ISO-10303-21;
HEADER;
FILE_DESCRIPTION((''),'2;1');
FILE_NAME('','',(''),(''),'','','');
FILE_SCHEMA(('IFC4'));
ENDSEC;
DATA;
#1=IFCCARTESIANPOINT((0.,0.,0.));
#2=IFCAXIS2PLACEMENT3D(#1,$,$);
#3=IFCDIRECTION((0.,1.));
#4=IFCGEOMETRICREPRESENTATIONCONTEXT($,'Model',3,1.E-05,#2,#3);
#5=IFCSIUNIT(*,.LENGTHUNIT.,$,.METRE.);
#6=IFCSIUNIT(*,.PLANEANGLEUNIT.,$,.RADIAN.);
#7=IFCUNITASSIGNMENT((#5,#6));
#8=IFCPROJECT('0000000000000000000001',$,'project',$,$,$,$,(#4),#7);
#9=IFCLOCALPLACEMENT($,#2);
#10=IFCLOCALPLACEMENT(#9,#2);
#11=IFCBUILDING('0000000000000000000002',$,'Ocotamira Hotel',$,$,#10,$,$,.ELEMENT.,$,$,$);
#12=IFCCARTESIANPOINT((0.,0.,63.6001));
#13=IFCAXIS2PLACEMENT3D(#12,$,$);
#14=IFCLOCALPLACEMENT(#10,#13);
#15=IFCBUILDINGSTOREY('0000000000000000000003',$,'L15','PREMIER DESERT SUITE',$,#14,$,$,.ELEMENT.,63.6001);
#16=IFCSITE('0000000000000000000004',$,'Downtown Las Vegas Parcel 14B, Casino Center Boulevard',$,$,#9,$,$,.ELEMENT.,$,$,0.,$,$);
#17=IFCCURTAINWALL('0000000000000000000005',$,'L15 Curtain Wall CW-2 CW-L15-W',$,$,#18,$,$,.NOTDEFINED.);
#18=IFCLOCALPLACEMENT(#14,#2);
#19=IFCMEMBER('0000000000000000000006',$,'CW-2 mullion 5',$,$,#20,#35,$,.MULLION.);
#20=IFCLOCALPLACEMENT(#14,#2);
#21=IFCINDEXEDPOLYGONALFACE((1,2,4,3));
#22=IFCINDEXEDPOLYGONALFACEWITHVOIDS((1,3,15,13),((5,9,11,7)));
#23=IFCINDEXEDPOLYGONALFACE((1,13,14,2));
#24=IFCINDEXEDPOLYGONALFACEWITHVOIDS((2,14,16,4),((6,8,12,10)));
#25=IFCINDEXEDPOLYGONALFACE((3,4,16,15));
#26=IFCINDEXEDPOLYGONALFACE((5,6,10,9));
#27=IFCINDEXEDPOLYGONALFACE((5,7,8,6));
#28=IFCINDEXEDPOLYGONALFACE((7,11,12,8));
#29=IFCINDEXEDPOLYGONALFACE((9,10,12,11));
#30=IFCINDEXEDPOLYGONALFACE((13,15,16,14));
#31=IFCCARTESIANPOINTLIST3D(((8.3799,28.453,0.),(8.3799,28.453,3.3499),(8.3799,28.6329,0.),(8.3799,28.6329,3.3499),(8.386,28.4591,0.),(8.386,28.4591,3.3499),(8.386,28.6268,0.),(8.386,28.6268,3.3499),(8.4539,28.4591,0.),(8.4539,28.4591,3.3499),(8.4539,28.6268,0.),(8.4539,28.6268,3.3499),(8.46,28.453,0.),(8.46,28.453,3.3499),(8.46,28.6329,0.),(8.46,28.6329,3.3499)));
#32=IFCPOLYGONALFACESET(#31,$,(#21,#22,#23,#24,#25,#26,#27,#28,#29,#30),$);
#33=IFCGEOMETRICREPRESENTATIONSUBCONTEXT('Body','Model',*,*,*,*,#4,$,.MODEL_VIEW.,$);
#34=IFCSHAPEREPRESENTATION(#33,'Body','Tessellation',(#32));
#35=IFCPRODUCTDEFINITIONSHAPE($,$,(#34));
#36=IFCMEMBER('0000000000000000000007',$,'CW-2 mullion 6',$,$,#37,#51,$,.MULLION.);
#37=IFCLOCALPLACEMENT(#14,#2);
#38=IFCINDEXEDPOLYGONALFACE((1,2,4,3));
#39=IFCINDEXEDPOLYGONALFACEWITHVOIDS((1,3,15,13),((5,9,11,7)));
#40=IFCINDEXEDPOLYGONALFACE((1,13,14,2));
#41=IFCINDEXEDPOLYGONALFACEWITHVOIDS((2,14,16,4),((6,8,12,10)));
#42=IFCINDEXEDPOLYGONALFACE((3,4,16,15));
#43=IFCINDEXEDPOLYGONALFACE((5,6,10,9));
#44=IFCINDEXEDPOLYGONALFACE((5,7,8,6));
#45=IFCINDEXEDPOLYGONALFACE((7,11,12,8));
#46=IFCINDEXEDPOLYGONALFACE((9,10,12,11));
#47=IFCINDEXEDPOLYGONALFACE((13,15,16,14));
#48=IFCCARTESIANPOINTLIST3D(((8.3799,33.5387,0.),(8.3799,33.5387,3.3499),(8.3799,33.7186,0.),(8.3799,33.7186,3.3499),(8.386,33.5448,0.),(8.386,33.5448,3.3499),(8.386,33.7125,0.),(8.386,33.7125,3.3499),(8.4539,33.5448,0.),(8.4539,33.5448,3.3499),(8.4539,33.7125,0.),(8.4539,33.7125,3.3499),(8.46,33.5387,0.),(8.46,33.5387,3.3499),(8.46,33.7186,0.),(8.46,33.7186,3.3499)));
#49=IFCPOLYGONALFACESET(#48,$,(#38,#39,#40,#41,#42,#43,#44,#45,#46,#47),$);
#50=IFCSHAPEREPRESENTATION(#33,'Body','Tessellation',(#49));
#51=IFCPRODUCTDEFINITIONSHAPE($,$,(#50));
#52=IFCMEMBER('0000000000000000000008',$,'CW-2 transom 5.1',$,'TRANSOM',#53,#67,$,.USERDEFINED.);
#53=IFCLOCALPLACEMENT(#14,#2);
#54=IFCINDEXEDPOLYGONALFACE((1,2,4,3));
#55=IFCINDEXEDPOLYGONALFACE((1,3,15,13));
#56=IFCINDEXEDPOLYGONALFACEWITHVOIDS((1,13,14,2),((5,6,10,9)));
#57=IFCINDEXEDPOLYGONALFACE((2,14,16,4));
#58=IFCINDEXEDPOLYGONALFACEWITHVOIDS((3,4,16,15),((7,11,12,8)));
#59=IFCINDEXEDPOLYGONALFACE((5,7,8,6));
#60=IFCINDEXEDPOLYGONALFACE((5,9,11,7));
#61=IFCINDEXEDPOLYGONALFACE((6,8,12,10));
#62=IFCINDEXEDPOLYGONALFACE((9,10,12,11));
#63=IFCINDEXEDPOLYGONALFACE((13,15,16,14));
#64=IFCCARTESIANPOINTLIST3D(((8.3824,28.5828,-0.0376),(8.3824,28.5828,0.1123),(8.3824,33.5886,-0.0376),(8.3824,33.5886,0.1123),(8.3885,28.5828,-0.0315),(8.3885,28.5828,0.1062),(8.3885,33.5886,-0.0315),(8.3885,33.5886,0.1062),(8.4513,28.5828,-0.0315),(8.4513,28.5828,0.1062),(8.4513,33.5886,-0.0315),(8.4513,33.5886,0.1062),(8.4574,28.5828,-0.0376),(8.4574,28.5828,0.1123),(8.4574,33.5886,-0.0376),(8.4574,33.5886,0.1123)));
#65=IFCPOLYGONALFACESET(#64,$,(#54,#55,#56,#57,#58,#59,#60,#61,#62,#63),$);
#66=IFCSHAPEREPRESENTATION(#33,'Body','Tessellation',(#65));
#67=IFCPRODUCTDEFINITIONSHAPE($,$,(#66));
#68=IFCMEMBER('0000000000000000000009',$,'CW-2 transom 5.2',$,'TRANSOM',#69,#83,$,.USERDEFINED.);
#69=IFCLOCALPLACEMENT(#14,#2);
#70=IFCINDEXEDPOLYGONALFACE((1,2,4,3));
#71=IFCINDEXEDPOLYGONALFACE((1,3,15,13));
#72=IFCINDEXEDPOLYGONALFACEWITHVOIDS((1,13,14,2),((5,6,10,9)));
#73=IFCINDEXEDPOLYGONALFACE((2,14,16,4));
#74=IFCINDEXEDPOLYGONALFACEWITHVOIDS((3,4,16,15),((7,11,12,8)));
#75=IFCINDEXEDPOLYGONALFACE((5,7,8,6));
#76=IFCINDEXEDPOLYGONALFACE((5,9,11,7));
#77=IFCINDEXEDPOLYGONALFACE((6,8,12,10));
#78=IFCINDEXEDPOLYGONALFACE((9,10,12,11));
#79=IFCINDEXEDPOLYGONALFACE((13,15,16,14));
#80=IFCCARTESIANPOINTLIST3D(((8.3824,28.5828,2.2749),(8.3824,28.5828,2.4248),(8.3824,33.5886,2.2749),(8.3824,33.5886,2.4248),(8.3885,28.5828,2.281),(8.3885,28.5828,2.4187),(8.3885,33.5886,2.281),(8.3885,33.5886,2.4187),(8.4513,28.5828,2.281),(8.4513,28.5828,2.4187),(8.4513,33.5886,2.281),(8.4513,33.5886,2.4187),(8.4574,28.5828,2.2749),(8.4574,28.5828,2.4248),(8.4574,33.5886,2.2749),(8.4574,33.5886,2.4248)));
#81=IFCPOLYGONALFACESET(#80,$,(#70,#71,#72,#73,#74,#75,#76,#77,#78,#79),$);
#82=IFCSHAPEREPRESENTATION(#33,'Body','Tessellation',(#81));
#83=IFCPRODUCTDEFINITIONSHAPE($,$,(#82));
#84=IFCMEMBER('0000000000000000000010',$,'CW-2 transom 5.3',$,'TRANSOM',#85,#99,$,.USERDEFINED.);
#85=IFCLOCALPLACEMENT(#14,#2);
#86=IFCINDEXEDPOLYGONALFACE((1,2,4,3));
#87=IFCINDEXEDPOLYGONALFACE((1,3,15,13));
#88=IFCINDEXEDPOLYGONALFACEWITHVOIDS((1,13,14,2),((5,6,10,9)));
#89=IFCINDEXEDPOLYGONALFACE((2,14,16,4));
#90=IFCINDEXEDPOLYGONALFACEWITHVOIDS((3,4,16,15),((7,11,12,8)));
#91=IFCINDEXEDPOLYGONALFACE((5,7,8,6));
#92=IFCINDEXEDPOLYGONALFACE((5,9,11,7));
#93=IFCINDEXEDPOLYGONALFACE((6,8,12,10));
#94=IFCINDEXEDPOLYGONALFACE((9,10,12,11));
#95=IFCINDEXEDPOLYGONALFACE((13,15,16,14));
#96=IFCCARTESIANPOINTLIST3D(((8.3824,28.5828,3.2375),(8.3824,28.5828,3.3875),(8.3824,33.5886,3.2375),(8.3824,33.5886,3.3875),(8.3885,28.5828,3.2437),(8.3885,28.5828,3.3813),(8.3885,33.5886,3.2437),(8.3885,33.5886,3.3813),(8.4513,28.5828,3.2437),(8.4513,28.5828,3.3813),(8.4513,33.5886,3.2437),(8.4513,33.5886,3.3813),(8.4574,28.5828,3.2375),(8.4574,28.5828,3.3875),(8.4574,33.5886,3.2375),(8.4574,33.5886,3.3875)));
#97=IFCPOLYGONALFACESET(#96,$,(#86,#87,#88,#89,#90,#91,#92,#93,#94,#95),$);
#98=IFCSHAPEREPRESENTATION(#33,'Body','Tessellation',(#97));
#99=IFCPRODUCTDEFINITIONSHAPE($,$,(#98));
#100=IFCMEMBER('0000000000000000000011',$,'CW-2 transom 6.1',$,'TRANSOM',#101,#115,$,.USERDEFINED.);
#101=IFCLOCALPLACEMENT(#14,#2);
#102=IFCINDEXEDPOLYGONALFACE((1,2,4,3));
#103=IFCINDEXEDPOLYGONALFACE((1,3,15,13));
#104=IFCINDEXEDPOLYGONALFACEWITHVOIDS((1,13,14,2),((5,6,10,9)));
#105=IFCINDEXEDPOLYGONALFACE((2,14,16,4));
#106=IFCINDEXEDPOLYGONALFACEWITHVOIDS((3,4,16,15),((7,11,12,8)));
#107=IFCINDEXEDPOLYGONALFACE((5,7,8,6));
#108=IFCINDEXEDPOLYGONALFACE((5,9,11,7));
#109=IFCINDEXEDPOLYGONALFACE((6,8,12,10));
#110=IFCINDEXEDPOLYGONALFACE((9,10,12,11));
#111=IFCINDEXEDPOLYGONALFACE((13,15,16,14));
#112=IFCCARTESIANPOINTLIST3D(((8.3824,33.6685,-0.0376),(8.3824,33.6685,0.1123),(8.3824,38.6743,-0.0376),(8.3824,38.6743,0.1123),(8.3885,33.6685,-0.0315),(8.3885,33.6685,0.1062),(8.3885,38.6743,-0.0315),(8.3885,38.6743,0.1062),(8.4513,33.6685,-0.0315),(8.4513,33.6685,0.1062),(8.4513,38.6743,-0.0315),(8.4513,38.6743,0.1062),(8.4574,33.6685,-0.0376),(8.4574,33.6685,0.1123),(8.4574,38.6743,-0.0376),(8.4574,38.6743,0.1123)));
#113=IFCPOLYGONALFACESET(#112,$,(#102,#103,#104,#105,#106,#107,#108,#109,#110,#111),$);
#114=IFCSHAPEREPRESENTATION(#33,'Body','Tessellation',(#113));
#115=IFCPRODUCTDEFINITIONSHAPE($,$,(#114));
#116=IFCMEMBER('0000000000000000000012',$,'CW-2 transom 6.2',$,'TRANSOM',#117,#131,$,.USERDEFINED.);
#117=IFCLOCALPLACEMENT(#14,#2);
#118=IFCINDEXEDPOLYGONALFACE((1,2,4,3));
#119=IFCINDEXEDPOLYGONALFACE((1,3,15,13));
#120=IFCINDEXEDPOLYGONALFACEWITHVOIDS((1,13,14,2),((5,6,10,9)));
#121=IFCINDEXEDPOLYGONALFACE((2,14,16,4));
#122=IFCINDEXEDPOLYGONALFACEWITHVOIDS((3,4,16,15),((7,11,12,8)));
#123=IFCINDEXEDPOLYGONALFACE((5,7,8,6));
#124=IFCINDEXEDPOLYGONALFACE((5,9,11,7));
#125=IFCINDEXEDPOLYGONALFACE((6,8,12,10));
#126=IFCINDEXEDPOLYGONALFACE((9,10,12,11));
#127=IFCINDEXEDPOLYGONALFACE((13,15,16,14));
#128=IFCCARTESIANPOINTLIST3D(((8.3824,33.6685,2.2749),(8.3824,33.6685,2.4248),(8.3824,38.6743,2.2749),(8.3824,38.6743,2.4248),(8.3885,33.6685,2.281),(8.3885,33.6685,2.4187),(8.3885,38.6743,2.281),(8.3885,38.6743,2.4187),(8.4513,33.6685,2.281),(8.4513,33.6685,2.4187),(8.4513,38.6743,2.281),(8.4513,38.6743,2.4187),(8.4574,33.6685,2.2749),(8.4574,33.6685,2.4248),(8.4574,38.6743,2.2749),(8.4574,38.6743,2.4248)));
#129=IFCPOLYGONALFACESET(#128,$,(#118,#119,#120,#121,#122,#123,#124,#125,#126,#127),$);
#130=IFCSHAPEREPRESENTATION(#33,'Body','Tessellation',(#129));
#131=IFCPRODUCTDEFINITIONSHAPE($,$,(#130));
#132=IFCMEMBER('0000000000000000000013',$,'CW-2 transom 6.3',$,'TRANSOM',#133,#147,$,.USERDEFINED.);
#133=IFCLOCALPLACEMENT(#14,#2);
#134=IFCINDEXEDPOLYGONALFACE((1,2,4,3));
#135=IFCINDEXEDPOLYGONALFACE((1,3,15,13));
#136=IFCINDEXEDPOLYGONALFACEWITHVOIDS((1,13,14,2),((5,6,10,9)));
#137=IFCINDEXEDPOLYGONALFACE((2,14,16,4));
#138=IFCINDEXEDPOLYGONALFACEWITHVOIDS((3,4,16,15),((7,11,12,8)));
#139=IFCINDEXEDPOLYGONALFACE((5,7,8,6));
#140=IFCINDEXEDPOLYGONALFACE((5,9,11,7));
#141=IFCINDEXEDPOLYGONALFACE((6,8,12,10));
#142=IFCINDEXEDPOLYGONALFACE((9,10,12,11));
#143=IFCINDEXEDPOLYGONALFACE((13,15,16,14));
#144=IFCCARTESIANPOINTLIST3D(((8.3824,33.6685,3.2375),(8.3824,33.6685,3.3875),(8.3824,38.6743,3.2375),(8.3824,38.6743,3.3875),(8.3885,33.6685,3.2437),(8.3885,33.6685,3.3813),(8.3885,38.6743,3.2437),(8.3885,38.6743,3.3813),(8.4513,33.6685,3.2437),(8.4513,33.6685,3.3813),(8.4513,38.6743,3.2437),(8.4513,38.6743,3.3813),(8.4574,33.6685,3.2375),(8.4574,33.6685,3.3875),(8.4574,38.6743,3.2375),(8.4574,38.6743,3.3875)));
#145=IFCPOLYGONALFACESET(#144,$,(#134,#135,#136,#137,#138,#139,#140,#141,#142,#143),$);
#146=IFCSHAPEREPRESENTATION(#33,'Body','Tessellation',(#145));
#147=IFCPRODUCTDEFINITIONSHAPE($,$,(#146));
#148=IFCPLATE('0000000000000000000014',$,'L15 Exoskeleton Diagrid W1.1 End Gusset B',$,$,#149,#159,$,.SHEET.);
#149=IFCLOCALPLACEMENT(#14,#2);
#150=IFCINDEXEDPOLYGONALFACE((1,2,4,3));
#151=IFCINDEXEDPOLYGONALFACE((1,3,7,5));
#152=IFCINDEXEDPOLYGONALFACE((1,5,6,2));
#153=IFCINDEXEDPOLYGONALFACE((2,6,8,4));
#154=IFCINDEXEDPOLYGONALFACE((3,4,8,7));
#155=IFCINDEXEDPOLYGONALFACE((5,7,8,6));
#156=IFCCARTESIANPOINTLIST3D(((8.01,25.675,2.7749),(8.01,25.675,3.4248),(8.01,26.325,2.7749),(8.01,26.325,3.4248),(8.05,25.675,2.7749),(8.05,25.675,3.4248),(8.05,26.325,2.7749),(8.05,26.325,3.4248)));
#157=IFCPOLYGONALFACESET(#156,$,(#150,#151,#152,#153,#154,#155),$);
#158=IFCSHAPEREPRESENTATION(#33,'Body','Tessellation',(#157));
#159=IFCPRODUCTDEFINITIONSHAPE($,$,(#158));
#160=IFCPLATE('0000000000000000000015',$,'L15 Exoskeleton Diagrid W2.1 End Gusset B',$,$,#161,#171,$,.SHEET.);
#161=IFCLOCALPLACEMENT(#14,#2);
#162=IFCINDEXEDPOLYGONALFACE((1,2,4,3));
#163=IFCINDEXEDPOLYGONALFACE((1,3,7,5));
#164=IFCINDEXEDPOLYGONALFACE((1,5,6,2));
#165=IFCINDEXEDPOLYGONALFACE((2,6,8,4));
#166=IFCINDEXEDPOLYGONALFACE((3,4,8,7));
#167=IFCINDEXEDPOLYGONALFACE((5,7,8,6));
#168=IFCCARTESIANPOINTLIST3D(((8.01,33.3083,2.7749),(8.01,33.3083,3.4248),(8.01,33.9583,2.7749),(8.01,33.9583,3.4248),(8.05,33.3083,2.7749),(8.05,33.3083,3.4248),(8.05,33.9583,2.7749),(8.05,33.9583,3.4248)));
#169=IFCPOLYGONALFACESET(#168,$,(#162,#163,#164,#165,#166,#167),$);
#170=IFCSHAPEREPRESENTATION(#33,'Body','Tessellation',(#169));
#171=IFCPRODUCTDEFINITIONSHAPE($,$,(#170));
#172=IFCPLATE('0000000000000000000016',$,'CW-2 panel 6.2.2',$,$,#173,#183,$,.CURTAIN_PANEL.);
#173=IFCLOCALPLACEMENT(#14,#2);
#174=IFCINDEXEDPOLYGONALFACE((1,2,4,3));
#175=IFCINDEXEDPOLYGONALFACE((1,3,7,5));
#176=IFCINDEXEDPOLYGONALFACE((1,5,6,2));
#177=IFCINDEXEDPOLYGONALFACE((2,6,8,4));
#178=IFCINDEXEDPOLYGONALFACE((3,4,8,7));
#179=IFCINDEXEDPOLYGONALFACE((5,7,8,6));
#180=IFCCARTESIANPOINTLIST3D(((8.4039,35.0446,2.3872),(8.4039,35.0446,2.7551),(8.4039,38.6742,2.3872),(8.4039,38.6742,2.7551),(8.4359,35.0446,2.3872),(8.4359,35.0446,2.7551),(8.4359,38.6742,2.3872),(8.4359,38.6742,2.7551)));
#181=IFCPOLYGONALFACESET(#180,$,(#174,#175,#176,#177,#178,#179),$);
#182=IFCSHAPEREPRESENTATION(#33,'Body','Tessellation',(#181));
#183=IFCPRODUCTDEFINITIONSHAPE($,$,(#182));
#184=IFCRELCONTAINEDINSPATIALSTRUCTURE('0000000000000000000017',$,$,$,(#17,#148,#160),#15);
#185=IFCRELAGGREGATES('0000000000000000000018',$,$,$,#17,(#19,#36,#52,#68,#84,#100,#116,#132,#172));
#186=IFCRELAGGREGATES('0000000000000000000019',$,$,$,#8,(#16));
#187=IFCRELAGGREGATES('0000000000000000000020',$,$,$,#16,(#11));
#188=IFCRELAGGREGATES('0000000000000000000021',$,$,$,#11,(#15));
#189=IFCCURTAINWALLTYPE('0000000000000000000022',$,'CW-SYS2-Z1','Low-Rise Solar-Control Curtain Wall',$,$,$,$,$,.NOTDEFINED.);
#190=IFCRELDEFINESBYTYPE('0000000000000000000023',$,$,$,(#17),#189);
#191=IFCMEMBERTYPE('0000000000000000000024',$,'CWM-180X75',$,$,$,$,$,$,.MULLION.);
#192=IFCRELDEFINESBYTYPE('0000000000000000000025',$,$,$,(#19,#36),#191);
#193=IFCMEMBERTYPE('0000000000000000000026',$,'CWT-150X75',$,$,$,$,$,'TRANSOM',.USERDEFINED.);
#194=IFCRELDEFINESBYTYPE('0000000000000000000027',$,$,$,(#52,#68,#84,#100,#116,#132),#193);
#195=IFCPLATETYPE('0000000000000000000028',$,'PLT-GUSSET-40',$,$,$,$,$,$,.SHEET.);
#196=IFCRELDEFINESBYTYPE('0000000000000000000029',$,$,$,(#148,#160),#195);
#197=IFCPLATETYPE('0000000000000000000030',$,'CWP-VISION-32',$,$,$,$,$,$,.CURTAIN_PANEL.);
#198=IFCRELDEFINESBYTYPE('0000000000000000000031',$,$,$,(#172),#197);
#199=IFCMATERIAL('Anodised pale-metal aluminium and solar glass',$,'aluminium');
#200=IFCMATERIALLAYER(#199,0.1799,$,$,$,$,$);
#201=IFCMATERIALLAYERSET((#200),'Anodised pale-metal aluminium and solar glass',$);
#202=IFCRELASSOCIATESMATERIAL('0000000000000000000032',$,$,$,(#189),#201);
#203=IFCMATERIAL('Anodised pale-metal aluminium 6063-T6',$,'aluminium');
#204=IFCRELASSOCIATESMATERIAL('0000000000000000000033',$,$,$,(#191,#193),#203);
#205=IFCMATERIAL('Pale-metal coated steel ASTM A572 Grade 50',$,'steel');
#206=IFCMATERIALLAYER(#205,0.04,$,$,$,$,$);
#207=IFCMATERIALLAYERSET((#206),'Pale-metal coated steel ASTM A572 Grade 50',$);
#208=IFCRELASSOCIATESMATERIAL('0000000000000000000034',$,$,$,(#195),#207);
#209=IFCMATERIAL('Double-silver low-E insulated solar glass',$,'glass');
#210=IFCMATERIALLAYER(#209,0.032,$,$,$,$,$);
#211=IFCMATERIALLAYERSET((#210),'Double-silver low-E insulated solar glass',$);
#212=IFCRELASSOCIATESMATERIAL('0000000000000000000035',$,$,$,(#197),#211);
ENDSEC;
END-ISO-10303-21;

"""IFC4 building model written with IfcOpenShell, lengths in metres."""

from ifc_helpers import new_model, si_unit, direction, frame, origin, origin_2d, place, context, subcontext, project, spatial, rectangle, hollow_rectangle, extrude, source, transform, mapped, material, layer, layer_set, material_profile, profile_set, type_object, element, aggregate, save


model = new_model("IFC4")

# Units and contexts
model_context = context("Model", 3, precision=1e-05, world=origin(), true_north=direction((0.0, 1.0)))
body_context = subcontext(model_context, "Body", "Model", "MODEL_VIEW")
ifc_project = project(units=[si_unit("LENGTHUNIT", "METRE"), si_unit("PLANEANGLEUNIT", "RADIAN")], contexts=[model_context])

# Site, building, storey
site_placement = place(None, origin())
site = spatial("IfcSite", under=ifc_project, at=site_placement, Name="Downtown Las Vegas Parcel 14B, Casino Center Boulevard", CompositionType="ELEMENT", RefElevation=0.0)
building_placement = place(site_placement, origin())
building = spatial("IfcBuilding", under=site, at=building_placement, Name="Ocotamira Hotel", CompositionType="ELEMENT")
storey_placement = place(building_placement, frame((0.0, 0.0, 63.6001)))
storey = spatial("IfcBuildingStorey", under=building, at=storey_placement, Name="L15", Description="PREMIER DESERT SUITE", CompositionType="ELEMENT", Elevation=63.6001)

# Curtain wall, members
ifc_material_1 = material(Name="Anodised pale-metal aluminium and solar glass", Category="aluminium")
ifc_layer_1 = layer(ifc_material_1, 0.1799)
ifc_layer_set_1 = layer_set([ifc_layer_1], Name="Anodised pale-metal aluminium and solar glass")
curtain_wall_type = type_object("IfcCurtainWallType", Name="CW-SYS2-Z1", Description="Low-Rise Solar-Control Curtain Wall", PredefinedType="NOTDEFINED", material=ifc_layer_set_1)
curtain_wall_placement = place(storey_placement, origin())
curtain_wall = element("IfcCurtainWall", 1, at=curtain_wall_placement, inside=storey, type_object=curtain_wall_type, Name="L15 Curtain Wall CW-2 CW-L15-W", PredefinedType="NOTDEFINED")
ifc_material_2 = material(Name="Anodised pale-metal aluminium 6063-T6", Category="aluminium")
ifc_material_profile_1 = material_profile(ifc_material_2, hollow_rectangle(XDim=0.0801, YDim=0.1799, WallThickness=0.0061, at=origin_2d()), Name="HSS180X80X6")
ifc_profile_set_1 = profile_set([ifc_material_profile_1], Name="Anodised pale-metal aluminium 6063-T6")
member_type_1 = type_object("IfcMemberType", Name="CWM-180X75", PredefinedType="MULLION", material=ifc_profile_set_1)
shared_shape_1 = source(origin(), body_context, "Body", "SweptSolid", [
    extrude(hollow_rectangle(XDim=0.0801, YDim=0.1799, WallThickness=0.0061, at=origin_2d()), origin(), (0.0, 0.0, 1.0), 3.3499),
])
member_1_placement = place(storey_placement, frame((8.4199, 28.543, 0.0), z_axis=(0.0, 0.0, 1.0), x_axis=(-1.0, 0.0, 0.0)))
member_1 = element("IfcMember", 2, at=member_1_placement, type_object=member_type_1, Name="CW-2 mullion 5", PredefinedType="MULLION", context=body_context, shape_type="MappedRepresentation", body=[
    mapped(shared_shape_1, transform((0.0, 0.0, 0.0), scale=1.0)),
])
member_2_placement = place(storey_placement, frame((8.4199, 33.6287, 0.0), z_axis=(0.0, 0.0, 1.0), x_axis=(-1.0, 0.0, 0.0)))
member_2 = element("IfcMember", 3, at=member_2_placement, type_object=member_type_1, Name="CW-2 mullion 6", PredefinedType="MULLION", context=body_context, shape_type="MappedRepresentation", body=[
    mapped(shared_shape_1, transform((0.0, 0.0, 0.0), scale=1.0)),
])
ifc_material_profile_2 = material_profile(ifc_material_2, hollow_rectangle(XDim=0.075, YDim=0.1499, WallThickness=0.0061, at=origin_2d()), Name="HSS150X75X6")
ifc_profile_set_2 = profile_set([ifc_material_profile_2], Name="Anodised pale-metal aluminium 6063-T6")
member_type_2 = type_object("IfcMemberType", Name="CWT-150X75", ElementType="TRANSOM", PredefinedType="USERDEFINED", material=ifc_profile_set_2)
shared_shape_2 = source(origin(), body_context, "Body", "SweptSolid", [
    extrude(hollow_rectangle(XDim=0.075, YDim=0.1499, WallThickness=0.0061, at=origin_2d()), origin(), (0.0, 0.0, 1.0), 5.0059),
])
member_3_placement = place(storey_placement, frame((8.4199, 28.5828, 0.0374), z_axis=(0.0, 1.0, 0.0), x_axis=(-1.0, 0.0, 0.0)))
member_3 = element("IfcMember", 4, at=member_3_placement, type_object=member_type_2, Name="CW-2 transom 5.1", ObjectType="TRANSOM", PredefinedType="USERDEFINED", context=body_context, shape_type="MappedRepresentation", body=[
    mapped(shared_shape_2, transform((0.0, 0.0, 0.0), scale=1.0)),
])
member_4_placement = place(storey_placement, frame((8.4199, 28.5828, 2.3499), z_axis=(0.0, 1.0, 0.0), x_axis=(-1.0, 0.0, 0.0)))
member_4 = element("IfcMember", 5, at=member_4_placement, type_object=member_type_2, Name="CW-2 transom 5.2", ObjectType="TRANSOM", PredefinedType="USERDEFINED", context=body_context, shape_type="MappedRepresentation", body=[
    mapped(shared_shape_2, transform((0.0, 0.0, 0.0), scale=1.0)),
])
member_5_placement = place(storey_placement, frame((8.4199, 28.5828, 3.3125), z_axis=(0.0, 1.0, 0.0), x_axis=(-1.0, 0.0, 0.0)))
member_5 = element("IfcMember", 6, at=member_5_placement, type_object=member_type_2, Name="CW-2 transom 5.3", ObjectType="TRANSOM", PredefinedType="USERDEFINED", context=body_context, shape_type="MappedRepresentation", body=[
    mapped(shared_shape_2, transform((0.0, 0.0, 0.0), scale=1.0)),
])
member_6_placement = place(storey_placement, frame((8.4199, 33.6685, 0.0374), z_axis=(0.0, 1.0, 0.0), x_axis=(-1.0, 0.0, 0.0)))
member_6 = element("IfcMember", 7, at=member_6_placement, type_object=member_type_2, Name="CW-2 transom 6.1", ObjectType="TRANSOM", PredefinedType="USERDEFINED", context=body_context, shape_type="MappedRepresentation", body=[
    mapped(shared_shape_2, transform((0.0, 0.0, 0.0), scale=1.0)),
])
member_7_placement = place(storey_placement, frame((8.4199, 33.6685, 2.3499), z_axis=(0.0, 1.0, 0.0), x_axis=(-1.0, 0.0, 0.0)))
member_7 = element("IfcMember", 8, at=member_7_placement, type_object=member_type_2, Name="CW-2 transom 6.2", ObjectType="TRANSOM", PredefinedType="USERDEFINED", context=body_context, shape_type="MappedRepresentation", body=[
    mapped(shared_shape_2, transform((0.0, 0.0, 0.0), scale=1.0)),
])
member_8_placement = place(storey_placement, frame((8.4199, 33.6685, 3.3125), z_axis=(0.0, 1.0, 0.0), x_axis=(-1.0, 0.0, 0.0)))
member_8 = element("IfcMember", 9, at=member_8_placement, type_object=member_type_2, Name="CW-2 transom 6.3", ObjectType="TRANSOM", PredefinedType="USERDEFINED", context=body_context, shape_type="MappedRepresentation", body=[
    mapped(shared_shape_2, transform((0.0, 0.0, 0.0), scale=1.0)),
])

# Plates
ifc_material_3 = material(Name="Pale-metal coated steel ASTM A572 Grade 50", Category="steel")
ifc_layer_2 = layer(ifc_material_3, 0.04)
ifc_layer_set_2 = layer_set([ifc_layer_2], Name="Pale-metal coated steel ASTM A572 Grade 50")
plate_type_1 = type_object("IfcPlateType", Name="PLT-GUSSET-40", PredefinedType="SHEET", material=ifc_layer_set_2)
shared_shape_3 = source(origin(), body_context, "Body", "SweptSolid", [
    extrude(rectangle(XDim=0.04, YDim=0.6499, at=origin_2d()), origin(), (0.0, 0.0, 1.0), 0.6499),
])
for number, where, z_axis, x_axis, name in (
    (10, (8.03, 26.0, 2.7749), (0.0, 0.0, 1.0), (1.0, 0.0, 0.0), "L15 Exoskeleton Diagrid W1.1 End Gusset B"),
    (11, (8.03, 33.6333, 2.7749), (0.0, 0.0, 1.0), (1.0, 0.0, 0.0), "L15 Exoskeleton Diagrid W2.1 End Gusset B"),
):
    element("IfcPlate", number, at=place(storey_placement, frame(where, z_axis=z_axis, x_axis=x_axis)), inside=storey, type_object=plate_type_1, Name=name, PredefinedType="SHEET", context=body_context, shape_type="MappedRepresentation", body=[
        mapped(shared_shape_3, transform((0.0, 0.0, 0.0), scale=1.0)),
    ])

# Plate
ifc_material_4 = material(Name="Double-silver low-E insulated solar glass", Category="glass")
ifc_layer_3 = layer(ifc_material_4, 0.032)
ifc_layer_set_3 = layer_set([ifc_layer_3], Name="Double-silver low-E insulated solar glass")
plate_type_2 = type_object("IfcPlateType", Name="CWP-VISION-32", PredefinedType="CURTAIN_PANEL", material=ifc_layer_set_3)
shared_shape_4 = source(origin(), body_context, "Body", "SweptSolid", [
    extrude(rectangle(XDim=3.6296, YDim=0.032, at=origin_2d()), origin(), (0.0, 0.0, 1.0), 0.3679),
])
plate_1_placement = place(storey_placement, frame((8.4199, 36.8594, 2.3872), z_axis=(0.0, 0.0, 1.0), x_axis=(0.0, 1.0, 0.0)))
plate_1 = element("IfcPlate", 12, at=plate_1_placement, type_object=plate_type_2, Name="CW-2 panel 6.2.2", PredefinedType="CURTAIN_PANEL", context=body_context, shape_type="MappedRepresentation", body=[
    mapped(shared_shape_4, transform((0.0, 0.0, 0.0), scale=1.0)),
])
aggregate(curtain_wall, [member_1, member_2, member_3, member_4, member_5, member_6, member_7, member_8, plate_1])

save(model, "model.ifc")
